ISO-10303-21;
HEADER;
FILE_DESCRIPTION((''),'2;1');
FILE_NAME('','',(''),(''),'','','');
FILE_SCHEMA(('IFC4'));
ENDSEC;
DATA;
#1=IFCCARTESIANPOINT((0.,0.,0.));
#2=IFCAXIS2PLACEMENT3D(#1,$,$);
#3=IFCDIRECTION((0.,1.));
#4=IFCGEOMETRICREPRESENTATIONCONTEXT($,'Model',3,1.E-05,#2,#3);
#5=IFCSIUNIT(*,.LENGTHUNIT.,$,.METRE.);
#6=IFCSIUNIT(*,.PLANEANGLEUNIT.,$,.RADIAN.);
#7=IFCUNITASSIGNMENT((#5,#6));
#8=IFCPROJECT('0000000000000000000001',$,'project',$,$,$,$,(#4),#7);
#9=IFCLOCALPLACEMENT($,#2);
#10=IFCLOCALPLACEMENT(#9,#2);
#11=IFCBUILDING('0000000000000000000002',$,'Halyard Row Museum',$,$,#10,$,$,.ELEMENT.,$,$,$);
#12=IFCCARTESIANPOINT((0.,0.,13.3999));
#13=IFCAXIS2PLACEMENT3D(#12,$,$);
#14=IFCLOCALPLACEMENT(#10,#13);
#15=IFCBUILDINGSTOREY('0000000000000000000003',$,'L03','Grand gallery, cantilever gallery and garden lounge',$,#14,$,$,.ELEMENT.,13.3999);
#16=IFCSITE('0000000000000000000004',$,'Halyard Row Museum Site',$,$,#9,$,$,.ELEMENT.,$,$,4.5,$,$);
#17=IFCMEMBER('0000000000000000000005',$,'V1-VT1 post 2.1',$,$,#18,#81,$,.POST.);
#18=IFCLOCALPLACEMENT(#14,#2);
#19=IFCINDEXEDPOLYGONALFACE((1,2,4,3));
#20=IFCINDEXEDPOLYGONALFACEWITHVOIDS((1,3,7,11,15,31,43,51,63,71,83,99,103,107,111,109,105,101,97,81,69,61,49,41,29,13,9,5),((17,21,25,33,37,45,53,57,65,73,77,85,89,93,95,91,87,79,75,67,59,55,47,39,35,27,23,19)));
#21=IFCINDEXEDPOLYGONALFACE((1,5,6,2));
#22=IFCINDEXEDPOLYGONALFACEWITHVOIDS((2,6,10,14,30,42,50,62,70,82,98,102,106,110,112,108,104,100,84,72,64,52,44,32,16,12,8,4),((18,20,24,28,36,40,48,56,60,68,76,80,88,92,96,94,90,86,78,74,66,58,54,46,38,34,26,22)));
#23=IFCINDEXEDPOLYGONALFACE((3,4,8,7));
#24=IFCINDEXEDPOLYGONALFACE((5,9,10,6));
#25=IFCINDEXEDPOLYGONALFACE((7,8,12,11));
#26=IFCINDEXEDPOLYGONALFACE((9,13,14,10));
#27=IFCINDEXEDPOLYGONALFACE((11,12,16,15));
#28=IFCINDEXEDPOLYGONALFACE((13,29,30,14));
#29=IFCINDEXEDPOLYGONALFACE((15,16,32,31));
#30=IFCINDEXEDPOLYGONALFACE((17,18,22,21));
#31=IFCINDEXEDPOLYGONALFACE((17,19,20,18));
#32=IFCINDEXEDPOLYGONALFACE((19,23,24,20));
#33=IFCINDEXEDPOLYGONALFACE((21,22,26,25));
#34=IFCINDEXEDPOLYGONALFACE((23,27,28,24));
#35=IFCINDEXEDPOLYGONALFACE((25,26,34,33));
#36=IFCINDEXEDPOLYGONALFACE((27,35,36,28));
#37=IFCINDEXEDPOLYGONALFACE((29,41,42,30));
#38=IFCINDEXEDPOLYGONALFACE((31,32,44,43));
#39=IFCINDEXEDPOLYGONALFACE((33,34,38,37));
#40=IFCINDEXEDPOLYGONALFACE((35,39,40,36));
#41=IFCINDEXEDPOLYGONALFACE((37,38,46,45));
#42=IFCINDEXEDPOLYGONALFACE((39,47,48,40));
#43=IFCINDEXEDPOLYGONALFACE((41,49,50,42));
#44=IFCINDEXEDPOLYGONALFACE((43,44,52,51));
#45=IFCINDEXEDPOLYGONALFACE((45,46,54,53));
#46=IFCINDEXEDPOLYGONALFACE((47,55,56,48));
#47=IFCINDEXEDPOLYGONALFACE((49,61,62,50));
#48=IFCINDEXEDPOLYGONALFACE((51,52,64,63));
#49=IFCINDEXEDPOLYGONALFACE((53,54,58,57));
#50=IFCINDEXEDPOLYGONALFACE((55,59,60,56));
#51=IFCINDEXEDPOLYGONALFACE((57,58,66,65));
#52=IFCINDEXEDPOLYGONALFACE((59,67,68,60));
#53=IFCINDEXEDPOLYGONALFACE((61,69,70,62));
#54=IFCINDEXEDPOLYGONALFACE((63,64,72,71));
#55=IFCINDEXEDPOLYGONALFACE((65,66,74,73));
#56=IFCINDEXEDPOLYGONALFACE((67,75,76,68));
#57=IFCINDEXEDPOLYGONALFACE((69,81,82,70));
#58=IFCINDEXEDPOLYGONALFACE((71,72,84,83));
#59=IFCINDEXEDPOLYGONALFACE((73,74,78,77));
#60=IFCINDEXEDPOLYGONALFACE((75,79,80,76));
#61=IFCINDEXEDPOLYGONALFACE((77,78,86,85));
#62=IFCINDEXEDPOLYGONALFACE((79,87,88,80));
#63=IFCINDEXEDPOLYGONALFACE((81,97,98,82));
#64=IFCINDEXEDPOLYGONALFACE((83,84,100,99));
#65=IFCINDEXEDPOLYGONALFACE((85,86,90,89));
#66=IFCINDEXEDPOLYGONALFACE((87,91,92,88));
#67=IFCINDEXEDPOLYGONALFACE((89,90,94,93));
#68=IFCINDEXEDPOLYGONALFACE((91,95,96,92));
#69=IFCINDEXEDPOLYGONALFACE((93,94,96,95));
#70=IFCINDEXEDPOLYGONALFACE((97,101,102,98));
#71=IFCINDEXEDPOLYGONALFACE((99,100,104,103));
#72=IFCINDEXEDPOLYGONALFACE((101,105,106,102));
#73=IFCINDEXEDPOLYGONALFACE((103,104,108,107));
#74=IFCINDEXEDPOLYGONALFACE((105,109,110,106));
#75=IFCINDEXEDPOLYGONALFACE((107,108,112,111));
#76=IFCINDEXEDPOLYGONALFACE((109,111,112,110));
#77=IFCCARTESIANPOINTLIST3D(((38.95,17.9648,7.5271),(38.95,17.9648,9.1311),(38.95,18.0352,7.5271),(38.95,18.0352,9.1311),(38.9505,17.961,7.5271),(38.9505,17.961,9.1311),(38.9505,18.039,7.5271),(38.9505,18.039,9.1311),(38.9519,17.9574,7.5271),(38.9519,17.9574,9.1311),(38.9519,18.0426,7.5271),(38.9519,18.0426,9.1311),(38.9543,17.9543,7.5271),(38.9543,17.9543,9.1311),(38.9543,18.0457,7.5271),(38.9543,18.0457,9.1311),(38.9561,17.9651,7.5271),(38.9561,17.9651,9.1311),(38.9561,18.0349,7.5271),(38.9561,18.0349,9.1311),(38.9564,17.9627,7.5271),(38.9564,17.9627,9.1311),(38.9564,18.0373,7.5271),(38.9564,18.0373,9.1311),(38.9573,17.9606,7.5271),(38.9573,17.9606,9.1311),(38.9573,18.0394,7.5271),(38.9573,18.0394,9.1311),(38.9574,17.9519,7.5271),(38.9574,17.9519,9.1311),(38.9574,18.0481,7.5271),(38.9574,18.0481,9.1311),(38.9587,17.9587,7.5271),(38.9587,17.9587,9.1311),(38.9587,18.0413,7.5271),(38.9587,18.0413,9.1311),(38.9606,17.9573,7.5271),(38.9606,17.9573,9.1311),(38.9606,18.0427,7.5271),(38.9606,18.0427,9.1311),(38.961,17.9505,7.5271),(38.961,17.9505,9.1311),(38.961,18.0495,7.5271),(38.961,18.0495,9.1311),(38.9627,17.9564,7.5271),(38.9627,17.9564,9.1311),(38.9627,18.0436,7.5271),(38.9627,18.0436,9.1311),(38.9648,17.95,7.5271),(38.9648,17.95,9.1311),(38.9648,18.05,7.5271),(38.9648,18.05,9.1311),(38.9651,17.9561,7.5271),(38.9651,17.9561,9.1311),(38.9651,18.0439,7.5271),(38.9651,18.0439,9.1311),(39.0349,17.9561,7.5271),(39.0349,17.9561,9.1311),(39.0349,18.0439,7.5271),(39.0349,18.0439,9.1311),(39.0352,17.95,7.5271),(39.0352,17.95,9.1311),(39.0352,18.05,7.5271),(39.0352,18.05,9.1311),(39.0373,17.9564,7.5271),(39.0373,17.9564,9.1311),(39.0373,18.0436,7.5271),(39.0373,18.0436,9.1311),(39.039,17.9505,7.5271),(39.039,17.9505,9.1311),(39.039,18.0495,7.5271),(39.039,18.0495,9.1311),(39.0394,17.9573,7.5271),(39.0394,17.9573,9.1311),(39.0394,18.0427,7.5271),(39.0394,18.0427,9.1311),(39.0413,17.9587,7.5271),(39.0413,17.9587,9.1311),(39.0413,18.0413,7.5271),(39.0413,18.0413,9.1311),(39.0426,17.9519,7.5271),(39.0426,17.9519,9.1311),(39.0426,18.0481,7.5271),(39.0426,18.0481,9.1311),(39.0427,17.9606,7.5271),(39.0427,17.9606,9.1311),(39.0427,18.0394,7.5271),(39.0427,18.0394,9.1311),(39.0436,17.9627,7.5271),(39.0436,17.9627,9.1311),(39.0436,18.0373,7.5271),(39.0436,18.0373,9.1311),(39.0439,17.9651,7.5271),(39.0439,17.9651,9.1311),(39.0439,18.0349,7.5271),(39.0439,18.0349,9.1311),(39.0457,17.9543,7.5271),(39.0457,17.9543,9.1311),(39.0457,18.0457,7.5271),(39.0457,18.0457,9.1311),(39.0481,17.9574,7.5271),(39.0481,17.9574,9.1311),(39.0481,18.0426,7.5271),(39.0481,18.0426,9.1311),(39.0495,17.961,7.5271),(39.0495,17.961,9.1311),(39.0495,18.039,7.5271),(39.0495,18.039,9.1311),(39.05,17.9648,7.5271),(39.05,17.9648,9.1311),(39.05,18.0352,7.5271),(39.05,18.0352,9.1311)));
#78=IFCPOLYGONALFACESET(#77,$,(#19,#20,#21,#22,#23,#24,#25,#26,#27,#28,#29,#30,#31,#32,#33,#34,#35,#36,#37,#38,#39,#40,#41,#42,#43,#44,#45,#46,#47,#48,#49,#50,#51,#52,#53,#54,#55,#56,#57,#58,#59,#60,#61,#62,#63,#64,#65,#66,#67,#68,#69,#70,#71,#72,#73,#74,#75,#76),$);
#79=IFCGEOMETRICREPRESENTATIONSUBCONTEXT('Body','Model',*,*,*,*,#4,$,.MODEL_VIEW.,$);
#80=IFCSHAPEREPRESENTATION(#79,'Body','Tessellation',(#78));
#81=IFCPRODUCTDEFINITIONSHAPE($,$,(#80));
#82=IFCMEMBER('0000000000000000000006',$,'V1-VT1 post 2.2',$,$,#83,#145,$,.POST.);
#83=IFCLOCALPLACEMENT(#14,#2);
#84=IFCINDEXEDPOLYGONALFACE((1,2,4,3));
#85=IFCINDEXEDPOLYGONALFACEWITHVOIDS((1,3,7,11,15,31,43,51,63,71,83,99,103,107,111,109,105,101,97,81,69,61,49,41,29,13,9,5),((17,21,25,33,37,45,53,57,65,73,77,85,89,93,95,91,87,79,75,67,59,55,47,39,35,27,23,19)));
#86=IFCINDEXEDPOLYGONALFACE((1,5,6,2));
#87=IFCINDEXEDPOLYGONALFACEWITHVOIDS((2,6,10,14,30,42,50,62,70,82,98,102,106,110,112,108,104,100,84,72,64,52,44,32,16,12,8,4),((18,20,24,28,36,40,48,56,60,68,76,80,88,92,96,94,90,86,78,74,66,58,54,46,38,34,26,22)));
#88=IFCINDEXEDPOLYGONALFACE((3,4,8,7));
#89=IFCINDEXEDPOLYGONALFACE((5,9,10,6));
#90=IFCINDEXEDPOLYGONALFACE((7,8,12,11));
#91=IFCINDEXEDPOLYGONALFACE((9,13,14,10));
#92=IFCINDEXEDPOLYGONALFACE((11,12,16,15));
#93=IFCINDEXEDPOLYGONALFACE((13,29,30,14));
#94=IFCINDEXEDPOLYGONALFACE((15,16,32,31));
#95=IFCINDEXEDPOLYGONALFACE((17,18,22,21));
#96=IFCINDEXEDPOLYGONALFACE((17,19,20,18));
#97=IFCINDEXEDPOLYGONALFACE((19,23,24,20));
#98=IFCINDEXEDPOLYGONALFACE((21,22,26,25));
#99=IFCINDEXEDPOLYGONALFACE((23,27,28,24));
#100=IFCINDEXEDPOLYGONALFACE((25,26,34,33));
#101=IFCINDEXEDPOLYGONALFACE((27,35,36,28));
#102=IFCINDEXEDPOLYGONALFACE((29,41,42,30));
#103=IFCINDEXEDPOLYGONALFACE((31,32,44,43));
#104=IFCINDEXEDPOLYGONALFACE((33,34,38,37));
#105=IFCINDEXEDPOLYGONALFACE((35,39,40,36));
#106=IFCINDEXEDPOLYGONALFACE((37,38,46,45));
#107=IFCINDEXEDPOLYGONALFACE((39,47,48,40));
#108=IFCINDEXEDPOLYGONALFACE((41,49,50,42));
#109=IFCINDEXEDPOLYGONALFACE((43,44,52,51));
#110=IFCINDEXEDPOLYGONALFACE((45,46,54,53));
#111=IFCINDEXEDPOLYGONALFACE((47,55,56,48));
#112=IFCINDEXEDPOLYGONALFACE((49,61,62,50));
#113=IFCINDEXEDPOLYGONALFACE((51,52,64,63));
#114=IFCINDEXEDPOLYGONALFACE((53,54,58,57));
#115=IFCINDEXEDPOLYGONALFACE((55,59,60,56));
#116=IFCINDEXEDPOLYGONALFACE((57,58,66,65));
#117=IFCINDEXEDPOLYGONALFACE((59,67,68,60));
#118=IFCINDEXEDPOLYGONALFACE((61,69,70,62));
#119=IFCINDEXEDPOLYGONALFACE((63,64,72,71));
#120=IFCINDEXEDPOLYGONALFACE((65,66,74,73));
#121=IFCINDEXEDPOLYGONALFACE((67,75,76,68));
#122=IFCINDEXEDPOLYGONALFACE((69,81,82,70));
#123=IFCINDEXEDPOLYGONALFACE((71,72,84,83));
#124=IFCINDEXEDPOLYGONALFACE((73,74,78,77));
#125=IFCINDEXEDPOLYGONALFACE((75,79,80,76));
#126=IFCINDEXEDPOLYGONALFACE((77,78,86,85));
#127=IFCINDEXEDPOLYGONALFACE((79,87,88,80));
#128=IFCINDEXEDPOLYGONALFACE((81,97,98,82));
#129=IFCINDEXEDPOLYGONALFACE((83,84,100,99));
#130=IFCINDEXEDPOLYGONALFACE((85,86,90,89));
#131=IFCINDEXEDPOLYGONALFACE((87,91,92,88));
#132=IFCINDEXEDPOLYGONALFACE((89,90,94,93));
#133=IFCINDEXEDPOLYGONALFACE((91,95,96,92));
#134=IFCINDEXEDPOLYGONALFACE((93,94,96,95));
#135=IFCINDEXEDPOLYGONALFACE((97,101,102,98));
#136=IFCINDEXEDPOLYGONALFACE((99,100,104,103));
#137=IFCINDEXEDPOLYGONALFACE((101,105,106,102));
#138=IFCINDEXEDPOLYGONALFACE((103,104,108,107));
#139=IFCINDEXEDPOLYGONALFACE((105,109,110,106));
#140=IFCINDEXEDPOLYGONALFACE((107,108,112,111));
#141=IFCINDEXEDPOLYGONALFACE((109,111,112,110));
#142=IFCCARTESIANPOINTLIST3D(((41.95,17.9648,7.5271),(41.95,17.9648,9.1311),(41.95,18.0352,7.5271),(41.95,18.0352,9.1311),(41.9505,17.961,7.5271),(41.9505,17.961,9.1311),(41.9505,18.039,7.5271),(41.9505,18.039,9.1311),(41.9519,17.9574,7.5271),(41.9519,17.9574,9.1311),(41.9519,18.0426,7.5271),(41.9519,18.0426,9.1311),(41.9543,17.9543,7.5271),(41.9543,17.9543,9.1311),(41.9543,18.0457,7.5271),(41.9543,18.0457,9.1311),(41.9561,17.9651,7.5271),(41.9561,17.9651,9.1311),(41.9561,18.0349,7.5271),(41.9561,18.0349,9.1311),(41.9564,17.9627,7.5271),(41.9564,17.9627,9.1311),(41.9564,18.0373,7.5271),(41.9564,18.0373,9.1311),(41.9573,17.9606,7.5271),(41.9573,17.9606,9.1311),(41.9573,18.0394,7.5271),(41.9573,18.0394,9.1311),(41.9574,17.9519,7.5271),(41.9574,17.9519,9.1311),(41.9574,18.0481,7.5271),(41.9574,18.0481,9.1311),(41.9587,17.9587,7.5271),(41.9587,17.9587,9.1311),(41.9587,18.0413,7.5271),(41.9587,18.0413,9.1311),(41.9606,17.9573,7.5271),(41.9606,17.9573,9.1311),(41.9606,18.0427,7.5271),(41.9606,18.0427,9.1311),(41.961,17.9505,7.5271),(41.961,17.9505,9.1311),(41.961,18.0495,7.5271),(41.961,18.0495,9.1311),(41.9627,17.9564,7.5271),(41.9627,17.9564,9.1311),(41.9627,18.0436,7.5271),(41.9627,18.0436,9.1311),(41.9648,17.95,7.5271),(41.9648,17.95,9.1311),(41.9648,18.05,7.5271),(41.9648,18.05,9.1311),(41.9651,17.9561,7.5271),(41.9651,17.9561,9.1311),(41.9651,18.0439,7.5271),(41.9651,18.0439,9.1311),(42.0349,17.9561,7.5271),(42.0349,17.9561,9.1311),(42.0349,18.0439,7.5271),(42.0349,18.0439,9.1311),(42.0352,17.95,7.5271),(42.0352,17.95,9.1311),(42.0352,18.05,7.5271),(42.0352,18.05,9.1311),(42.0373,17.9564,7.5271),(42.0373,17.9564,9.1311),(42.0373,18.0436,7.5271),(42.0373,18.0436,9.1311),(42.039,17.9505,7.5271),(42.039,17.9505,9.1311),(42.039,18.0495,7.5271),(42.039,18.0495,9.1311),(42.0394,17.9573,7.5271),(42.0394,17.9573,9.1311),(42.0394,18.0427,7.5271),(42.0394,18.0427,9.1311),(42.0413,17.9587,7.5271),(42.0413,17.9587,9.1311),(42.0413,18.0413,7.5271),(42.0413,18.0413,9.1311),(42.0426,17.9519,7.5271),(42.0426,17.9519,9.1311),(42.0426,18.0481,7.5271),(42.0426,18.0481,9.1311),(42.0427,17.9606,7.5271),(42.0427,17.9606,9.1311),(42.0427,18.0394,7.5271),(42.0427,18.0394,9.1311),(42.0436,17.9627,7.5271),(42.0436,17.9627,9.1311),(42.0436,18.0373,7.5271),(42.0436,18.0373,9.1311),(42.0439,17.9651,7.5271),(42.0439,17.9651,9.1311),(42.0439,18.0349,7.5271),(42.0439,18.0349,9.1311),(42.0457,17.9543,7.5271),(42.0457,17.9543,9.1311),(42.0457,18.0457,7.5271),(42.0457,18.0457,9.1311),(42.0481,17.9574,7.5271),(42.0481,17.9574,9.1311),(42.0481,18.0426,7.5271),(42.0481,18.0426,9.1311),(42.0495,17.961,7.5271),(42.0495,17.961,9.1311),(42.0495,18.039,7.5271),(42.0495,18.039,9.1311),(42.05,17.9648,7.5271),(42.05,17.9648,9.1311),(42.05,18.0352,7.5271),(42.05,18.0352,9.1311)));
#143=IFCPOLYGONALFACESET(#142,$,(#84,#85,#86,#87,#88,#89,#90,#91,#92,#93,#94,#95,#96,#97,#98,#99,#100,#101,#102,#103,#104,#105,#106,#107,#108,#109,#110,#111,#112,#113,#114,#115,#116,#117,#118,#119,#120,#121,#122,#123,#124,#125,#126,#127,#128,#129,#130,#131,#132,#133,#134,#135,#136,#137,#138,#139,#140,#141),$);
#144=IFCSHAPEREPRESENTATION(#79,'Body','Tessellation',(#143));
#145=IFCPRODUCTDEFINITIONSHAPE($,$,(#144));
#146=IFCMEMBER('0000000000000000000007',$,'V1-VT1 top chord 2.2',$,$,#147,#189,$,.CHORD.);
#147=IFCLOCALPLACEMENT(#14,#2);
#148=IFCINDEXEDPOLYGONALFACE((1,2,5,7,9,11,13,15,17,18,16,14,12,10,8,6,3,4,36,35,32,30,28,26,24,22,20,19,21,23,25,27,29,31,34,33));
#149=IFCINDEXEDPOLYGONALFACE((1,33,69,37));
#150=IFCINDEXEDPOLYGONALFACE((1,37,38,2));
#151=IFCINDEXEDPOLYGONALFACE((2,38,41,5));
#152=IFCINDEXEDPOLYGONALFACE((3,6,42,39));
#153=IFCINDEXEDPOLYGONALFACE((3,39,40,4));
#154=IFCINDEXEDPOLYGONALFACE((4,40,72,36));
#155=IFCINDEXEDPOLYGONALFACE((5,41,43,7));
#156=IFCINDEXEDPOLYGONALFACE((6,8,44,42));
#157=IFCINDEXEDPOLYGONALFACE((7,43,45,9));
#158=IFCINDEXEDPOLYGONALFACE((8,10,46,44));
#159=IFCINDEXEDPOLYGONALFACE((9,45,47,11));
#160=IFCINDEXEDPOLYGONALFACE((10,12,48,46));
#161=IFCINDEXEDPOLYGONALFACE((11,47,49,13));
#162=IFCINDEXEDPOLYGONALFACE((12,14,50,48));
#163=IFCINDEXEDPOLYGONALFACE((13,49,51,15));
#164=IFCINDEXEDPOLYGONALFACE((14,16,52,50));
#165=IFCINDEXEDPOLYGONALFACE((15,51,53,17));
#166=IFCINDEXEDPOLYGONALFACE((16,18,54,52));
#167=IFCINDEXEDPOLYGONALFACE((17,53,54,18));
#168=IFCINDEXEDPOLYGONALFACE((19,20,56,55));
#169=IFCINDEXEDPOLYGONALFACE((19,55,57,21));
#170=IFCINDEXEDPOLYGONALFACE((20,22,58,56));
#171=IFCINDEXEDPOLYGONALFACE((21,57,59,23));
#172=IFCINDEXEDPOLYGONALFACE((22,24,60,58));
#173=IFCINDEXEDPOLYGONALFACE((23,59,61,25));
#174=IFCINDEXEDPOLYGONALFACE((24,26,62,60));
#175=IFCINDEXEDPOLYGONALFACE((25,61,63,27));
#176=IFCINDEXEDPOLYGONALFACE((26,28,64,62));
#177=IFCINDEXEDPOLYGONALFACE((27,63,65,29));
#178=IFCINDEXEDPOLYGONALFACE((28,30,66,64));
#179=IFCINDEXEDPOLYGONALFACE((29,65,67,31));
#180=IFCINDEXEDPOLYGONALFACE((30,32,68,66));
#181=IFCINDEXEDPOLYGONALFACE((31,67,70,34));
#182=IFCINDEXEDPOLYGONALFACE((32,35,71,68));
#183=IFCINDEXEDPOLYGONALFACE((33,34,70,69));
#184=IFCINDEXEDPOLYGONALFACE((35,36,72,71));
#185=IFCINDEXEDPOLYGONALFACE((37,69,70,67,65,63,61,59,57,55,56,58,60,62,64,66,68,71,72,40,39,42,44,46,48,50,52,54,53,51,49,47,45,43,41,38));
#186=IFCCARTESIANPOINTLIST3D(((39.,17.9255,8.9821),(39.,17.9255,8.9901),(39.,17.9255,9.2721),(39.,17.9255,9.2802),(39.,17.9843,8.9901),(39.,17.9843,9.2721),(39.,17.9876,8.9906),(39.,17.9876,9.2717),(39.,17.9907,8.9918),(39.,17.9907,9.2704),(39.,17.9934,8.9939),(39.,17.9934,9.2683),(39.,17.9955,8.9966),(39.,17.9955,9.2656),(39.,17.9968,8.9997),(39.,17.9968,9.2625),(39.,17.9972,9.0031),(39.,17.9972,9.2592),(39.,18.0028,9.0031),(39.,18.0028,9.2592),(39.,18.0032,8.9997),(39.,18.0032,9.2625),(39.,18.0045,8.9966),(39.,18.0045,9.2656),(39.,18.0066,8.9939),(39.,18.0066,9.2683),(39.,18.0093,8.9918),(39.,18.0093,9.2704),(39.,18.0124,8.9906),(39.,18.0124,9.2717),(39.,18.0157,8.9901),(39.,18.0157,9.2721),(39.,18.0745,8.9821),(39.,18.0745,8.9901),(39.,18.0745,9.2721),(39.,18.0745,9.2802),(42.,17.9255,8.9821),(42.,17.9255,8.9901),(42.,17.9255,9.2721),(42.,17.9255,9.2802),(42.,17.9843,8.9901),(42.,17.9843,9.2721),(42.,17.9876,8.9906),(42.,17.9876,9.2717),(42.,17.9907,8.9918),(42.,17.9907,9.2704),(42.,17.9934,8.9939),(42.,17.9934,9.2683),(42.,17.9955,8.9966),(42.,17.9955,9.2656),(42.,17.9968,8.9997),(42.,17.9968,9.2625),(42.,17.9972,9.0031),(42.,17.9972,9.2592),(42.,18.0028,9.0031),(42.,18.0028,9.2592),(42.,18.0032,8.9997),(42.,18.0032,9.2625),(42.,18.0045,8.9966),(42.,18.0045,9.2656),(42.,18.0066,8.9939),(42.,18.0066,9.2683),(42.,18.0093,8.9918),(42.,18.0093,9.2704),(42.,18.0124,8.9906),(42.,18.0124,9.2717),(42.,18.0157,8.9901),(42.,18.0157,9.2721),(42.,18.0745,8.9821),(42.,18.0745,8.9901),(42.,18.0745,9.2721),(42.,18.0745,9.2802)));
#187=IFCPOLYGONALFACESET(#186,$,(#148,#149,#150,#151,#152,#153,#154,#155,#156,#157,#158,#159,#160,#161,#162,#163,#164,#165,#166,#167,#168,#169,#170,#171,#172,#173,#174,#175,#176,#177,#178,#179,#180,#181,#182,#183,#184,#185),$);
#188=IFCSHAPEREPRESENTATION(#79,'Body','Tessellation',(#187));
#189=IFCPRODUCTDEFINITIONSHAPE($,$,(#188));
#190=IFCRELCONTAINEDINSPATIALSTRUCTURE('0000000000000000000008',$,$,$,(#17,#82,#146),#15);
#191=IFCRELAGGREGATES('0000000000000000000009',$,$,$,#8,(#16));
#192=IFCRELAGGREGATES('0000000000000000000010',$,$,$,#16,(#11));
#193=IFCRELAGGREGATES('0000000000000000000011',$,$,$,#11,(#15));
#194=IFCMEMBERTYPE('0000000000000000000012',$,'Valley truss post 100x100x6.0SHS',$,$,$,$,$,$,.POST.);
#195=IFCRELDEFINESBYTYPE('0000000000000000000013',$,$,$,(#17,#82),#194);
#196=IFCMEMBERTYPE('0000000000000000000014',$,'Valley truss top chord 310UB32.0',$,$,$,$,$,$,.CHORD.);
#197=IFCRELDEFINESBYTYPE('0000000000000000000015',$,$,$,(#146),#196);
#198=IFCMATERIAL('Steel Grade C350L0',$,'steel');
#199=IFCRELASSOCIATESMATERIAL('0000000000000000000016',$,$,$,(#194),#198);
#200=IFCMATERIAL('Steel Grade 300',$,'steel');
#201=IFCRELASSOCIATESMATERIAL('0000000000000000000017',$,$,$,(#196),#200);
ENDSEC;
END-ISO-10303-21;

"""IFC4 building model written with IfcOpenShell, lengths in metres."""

from ifc_helpers import new_model, si_unit, direction, frame, origin, origin_2d, place, context, subcontext, project, spatial, hollow_rectangle, i_section, extrude, material, material_profile, profile_set, type_object, element, save


model = new_model("IFC4")

# Units and contexts
model_context = context("Model", 3, precision=1e-05, world=origin(), true_north=direction((0.0, 1.0)))
body_context = subcontext(model_context, "Body", "Model", "MODEL_VIEW")
ifc_project = project(units=[si_unit("LENGTHUNIT", "METRE"), si_unit("PLANEANGLEUNIT", "RADIAN")], contexts=[model_context])

# Site, building, storey
site_placement = place(None, origin())
site = spatial("IfcSite", under=ifc_project, at=site_placement, Name="Halyard Row Museum Site", CompositionType="ELEMENT", RefElevation=4.5)
building_placement = place(site_placement, origin())
building = spatial("IfcBuilding", under=site, at=building_placement, Name="Halyard Row Museum", CompositionType="ELEMENT")
storey_placement = place(building_placement, frame((0.0, 0.0, 13.3999)))
storey = spatial("IfcBuildingStorey", under=building, at=storey_placement, Name="L03", Description="Grand gallery, cantilever gallery and garden lounge", CompositionType="ELEMENT", Elevation=13.3999)

# Members
ifc_material_1 = material(Name="Steel Grade C350L0", Category="steel")
ifc_material_profile_1 = material_profile(ifc_material_1, hollow_rectangle(XDim=0.1001, YDim=0.1001, WallThickness=0.0061, InnerFilletRadius=0.009, OuterFilletRadius=0.0149, at=origin_2d()), Name="100x100x6.0SHS")
ifc_profile_set_1 = profile_set([ifc_material_profile_1], Name="Steel Grade C350L0")
member_type_1 = type_object("IfcMemberType", Name="Valley truss post 100x100x6.0SHS", PredefinedType="POST", material=ifc_profile_set_1)
for number, where, z_axis, x_axis, name in (
    (1, (39.0, 18.0, 7.5271), (0.0, 0.0, 1.0), (1.0, 0.0, 0.0), "V1-VT1 post 2.1"),
    (2, (42.0, 18.0, 7.5271), (0.0, 0.0, 1.0), (1.0, 0.0, 0.0), "V1-VT1 post 2.2"),
):
    element("IfcMember", number, at=place(storey_placement, frame(where, z_axis=z_axis, x_axis=x_axis)), inside=storey, type_object=member_type_1, Name=name, PredefinedType="POST", context=body_context, shape_type="SweptSolid", body=[
        extrude(hollow_rectangle(XDim=0.1001, YDim=0.1001, WallThickness=0.0061, InnerFilletRadius=0.009, OuterFilletRadius=0.0149, at=origin_2d()), origin(), (0.0, 0.0, 1.0), 1.604),
    ])
ifc_material_2 = material(Name="Steel Grade 300", Category="steel")
ifc_material_profile_2 = material_profile(ifc_material_2, i_section(OverallWidth=0.1489, OverallDepth=0.2981, WebThickness=0.0056, FlangeThickness=0.0081, FilletRadius=0.0129, at=origin_2d()), Name="310UB32.0")
ifc_profile_set_2 = profile_set([ifc_material_profile_2], Name="Steel Grade 300")
member_type_2 = type_object("IfcMemberType", Name="Valley truss top chord 310UB32.0", PredefinedType="CHORD", material=ifc_profile_set_2)
for number, where, z_axis, x_axis, name in (
    (3, (39.0, 18.0, 9.1311), (1.0, 0.0, 0.0), (0.0, 1.0, 0.0), "V1-VT1 top chord 2.2"),
):
    element("IfcMember", number, at=place(storey_placement, frame(where, z_axis=z_axis, x_axis=x_axis)), inside=storey, type_object=member_type_2, Name=name, PredefinedType="CHORD", context=body_context, shape_type="SweptSolid", body=[
        extrude(i_section(OverallWidth=0.1489, OverallDepth=0.2981, WebThickness=0.0056, FlangeThickness=0.0081, FilletRadius=0.0129, at=origin_2d()), origin(), (0.0, 0.0, 1.0), 3.0),
    ])

save(model, "model.ifc")
